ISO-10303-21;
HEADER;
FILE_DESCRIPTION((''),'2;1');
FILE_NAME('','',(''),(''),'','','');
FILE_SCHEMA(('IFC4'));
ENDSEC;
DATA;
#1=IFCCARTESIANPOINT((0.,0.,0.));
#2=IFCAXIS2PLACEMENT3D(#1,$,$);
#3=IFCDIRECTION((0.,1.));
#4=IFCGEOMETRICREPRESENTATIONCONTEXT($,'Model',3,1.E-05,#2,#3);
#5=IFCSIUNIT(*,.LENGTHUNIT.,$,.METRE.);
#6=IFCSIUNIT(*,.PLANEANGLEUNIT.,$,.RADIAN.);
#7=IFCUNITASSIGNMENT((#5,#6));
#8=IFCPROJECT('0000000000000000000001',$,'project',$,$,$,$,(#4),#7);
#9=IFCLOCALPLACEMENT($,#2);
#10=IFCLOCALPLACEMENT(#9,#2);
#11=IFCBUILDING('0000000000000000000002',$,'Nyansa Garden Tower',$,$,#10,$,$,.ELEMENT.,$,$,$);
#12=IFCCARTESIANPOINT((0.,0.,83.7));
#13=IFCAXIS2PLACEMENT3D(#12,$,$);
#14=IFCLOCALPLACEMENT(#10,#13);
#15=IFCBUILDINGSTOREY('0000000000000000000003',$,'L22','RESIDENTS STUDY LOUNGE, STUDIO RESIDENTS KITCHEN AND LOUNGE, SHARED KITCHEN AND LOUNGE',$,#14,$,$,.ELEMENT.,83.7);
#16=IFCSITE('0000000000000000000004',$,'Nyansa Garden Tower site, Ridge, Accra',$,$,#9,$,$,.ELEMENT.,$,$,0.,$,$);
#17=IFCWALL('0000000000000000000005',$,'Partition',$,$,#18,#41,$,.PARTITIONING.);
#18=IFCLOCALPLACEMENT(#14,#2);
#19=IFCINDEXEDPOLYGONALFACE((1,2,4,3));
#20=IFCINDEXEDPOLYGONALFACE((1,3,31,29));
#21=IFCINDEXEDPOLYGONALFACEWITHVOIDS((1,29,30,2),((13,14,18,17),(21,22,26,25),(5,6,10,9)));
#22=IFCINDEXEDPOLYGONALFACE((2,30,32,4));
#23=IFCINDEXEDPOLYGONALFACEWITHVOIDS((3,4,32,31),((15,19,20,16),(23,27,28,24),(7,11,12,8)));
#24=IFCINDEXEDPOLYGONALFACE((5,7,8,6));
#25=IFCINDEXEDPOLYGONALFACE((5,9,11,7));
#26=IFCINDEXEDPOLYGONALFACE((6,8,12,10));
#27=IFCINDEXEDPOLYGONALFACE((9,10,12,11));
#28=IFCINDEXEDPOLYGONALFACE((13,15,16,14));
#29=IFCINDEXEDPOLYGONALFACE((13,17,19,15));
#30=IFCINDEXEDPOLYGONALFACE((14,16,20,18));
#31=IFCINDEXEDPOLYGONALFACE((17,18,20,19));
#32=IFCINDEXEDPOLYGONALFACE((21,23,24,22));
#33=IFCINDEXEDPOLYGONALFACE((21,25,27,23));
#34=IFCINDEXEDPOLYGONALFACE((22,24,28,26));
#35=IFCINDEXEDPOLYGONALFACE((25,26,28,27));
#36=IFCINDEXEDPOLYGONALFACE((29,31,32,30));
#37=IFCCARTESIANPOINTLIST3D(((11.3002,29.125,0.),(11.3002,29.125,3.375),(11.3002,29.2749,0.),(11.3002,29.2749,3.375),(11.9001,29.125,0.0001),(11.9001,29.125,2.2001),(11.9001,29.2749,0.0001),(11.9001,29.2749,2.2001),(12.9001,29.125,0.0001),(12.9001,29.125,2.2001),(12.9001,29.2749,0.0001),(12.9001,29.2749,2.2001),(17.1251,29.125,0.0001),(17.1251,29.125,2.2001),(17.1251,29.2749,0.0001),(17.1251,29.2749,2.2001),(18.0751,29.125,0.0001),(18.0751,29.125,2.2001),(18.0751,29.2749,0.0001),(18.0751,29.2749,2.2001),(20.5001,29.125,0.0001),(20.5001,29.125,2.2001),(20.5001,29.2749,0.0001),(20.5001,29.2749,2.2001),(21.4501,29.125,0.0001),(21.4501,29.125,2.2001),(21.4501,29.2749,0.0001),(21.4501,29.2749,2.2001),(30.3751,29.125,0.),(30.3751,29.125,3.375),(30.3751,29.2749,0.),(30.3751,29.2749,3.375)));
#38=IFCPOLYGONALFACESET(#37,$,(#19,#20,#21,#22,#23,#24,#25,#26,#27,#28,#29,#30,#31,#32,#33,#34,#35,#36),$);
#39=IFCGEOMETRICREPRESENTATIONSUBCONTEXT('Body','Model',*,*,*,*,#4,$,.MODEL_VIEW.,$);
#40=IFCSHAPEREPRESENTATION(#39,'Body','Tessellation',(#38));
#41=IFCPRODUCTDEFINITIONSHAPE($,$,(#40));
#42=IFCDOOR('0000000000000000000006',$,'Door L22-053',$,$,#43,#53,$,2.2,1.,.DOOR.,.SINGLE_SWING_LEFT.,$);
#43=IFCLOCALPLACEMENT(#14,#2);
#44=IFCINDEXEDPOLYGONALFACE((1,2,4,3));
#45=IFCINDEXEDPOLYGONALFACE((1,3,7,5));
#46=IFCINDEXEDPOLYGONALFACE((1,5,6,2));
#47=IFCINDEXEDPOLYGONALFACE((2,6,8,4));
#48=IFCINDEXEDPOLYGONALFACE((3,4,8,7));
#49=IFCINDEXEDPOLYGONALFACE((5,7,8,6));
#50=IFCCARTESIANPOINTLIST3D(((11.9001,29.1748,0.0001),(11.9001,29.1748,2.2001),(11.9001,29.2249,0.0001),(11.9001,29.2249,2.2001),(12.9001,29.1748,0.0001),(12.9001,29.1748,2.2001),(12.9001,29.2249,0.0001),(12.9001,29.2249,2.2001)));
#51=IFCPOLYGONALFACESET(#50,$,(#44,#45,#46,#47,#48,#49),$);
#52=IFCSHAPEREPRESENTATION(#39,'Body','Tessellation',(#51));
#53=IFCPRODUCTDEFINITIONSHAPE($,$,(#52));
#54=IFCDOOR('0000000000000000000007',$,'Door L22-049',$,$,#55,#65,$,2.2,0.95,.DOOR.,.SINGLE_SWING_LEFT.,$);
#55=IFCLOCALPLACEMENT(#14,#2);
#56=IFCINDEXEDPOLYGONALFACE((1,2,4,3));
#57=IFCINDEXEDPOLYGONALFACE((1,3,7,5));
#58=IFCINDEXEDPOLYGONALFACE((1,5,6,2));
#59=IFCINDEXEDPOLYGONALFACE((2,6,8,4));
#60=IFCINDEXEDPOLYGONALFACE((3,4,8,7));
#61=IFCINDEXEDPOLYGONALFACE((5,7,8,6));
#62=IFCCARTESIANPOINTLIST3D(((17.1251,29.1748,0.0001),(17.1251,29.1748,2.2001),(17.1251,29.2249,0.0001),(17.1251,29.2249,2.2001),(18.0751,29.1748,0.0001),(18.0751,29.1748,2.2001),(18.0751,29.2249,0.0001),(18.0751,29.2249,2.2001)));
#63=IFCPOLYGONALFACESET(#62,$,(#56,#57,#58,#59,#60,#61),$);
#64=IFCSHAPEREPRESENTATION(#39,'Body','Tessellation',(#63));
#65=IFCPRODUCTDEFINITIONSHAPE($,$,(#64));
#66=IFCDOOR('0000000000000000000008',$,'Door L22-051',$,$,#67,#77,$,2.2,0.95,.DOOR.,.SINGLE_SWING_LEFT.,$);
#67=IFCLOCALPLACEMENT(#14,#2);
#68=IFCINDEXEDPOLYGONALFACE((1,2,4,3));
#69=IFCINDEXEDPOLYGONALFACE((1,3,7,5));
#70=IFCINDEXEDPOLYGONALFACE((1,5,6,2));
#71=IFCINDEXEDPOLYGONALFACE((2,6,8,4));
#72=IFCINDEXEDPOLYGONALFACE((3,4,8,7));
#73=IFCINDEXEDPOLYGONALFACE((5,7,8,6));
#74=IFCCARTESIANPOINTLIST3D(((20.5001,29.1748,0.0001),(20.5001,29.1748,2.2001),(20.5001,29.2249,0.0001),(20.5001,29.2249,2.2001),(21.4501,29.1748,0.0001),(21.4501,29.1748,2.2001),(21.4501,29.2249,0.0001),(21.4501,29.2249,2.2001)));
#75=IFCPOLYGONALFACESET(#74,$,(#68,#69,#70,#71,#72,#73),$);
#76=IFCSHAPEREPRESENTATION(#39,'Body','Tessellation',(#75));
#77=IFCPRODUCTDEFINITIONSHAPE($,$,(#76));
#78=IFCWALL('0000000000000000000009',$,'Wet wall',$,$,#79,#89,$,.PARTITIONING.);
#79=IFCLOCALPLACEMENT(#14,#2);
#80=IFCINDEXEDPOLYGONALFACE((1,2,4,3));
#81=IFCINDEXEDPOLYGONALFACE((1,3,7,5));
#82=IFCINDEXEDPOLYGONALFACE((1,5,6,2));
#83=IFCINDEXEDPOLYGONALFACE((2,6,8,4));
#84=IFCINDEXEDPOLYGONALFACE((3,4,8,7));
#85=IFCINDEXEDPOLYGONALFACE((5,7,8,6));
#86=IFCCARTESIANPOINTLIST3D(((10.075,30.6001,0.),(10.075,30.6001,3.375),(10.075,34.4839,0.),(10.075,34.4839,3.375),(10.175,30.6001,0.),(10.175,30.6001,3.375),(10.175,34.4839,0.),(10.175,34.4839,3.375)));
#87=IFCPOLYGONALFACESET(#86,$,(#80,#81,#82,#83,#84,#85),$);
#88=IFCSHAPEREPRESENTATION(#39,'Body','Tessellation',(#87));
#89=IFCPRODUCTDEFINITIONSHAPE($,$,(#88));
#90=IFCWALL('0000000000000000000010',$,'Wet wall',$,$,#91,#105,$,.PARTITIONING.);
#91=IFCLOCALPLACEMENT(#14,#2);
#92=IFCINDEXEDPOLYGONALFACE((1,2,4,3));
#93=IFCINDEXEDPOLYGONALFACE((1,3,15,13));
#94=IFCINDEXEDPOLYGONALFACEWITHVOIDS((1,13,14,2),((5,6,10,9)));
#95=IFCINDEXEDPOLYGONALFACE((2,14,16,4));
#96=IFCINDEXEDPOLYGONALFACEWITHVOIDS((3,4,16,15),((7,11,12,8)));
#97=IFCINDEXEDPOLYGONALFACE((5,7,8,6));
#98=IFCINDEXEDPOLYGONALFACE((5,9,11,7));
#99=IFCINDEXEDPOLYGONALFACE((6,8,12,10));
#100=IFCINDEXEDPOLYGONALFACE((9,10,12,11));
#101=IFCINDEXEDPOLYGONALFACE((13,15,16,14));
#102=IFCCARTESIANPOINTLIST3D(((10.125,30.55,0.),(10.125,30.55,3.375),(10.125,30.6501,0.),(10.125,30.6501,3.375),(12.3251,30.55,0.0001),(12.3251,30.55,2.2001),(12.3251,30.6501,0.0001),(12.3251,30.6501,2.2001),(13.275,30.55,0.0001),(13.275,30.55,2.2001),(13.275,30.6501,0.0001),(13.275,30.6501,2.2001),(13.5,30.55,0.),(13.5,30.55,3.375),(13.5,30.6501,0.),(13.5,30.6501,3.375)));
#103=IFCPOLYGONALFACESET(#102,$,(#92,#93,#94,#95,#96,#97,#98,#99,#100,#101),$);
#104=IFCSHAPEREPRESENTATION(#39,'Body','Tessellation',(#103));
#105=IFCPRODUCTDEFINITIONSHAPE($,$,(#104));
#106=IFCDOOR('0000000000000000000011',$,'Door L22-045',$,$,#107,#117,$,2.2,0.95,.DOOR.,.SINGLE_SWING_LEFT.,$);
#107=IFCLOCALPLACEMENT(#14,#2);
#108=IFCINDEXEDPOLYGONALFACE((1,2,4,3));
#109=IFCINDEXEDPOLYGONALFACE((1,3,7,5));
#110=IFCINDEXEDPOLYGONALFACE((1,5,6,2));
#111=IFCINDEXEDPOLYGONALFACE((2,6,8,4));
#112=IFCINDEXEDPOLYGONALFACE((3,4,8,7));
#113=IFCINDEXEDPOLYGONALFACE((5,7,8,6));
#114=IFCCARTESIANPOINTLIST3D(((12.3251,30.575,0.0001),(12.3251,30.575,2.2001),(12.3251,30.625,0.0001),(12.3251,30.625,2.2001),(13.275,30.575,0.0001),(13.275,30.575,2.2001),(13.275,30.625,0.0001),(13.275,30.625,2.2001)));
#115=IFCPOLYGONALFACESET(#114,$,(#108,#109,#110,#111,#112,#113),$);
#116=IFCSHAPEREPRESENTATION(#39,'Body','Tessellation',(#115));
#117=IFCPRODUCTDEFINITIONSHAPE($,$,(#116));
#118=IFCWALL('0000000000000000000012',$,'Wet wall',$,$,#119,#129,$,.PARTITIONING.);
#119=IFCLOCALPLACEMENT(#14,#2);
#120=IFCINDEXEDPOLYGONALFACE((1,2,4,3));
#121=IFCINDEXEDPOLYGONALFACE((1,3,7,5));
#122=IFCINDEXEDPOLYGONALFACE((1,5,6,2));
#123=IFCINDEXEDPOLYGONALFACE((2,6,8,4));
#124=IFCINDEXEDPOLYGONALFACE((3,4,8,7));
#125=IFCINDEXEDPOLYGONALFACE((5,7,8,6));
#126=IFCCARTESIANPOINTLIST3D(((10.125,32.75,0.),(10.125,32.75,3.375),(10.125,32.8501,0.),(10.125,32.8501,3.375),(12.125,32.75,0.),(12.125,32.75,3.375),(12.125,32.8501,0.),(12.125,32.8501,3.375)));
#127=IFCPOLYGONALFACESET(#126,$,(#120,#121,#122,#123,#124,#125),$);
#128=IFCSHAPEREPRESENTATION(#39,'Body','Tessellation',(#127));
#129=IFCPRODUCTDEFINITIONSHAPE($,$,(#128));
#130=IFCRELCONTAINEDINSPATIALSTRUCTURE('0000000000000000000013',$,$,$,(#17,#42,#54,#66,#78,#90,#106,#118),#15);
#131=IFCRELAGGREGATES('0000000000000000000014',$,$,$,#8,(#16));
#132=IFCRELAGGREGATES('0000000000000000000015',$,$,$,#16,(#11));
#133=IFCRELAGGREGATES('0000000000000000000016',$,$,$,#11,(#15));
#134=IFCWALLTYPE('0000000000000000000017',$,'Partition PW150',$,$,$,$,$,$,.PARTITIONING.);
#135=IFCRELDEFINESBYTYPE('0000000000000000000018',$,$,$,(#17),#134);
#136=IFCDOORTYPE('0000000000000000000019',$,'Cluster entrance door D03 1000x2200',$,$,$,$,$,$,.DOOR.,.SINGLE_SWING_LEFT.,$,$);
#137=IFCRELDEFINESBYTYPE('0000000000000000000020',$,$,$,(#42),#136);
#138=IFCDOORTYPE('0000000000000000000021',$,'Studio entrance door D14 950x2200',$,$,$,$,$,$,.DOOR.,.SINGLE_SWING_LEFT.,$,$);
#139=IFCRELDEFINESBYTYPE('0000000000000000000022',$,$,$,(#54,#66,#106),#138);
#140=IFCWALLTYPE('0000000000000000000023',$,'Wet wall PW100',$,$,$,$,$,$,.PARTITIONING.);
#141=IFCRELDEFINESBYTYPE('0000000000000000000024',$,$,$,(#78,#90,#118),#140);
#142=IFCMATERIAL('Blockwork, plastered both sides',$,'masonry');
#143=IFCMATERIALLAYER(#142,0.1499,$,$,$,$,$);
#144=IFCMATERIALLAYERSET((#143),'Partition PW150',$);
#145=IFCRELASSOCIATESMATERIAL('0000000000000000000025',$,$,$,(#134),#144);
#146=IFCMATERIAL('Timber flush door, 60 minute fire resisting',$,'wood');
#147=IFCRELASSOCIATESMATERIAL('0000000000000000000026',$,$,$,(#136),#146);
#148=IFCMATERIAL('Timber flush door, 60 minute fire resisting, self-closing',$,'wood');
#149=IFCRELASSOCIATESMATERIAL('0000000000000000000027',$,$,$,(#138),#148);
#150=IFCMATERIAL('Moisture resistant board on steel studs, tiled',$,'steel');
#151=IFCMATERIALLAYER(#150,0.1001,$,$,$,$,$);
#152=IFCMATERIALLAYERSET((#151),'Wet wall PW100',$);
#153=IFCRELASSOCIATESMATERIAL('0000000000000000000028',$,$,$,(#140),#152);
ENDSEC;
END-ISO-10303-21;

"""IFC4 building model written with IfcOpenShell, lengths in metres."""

from ifc_helpers import new_model, si_unit, direction, frame, frame_2d, origin, place, context, subcontext, project, spatial, rectangle, extrude, material, layer, layer_set, type_object, element, fill, save


model = new_model("IFC4")

# Units and contexts
model_context = context("Model", 3, precision=1e-05, world=origin(), true_north=direction((0.0, 1.0)))
body_context = subcontext(model_context, "Body", "Model", "MODEL_VIEW")
ifc_project = project(units=[si_unit("LENGTHUNIT", "METRE"), si_unit("PLANEANGLEUNIT", "RADIAN")], contexts=[model_context])

# Site, building, storey
site_placement = place(None, origin())
site = spatial("IfcSite", under=ifc_project, at=site_placement, Name="Nyansa Garden Tower site, Ridge, Accra", CompositionType="ELEMENT", RefElevation=0.0)
building_placement = place(site_placement, origin())
building = spatial("IfcBuilding", under=site, at=building_placement, Name="Nyansa Garden Tower", CompositionType="ELEMENT")
storey_placement = place(building_placement, frame((0.0, 0.0, 83.7)))
storey = spatial("IfcBuildingStorey", under=building, at=storey_placement, Name="L22", Description="RESIDENTS STUDY LOUNGE, STUDIO RESIDENTS KITCHEN AND LOUNGE, SHARED KITCHEN AND LOUNGE", CompositionType="ELEMENT", Elevation=83.7)

# Wall, openings, doors
ifc_material_1 = material(Name="Blockwork, plastered both sides", Category="masonry")
ifc_layer_1 = layer(ifc_material_1, 0.1499)
ifc_layer_set_1 = layer_set([ifc_layer_1], Name="Partition PW150")
wall_type_1 = type_object("IfcWallType", Name="Partition PW150", PredefinedType="PARTITIONING", material=ifc_layer_set_1)
wall_1_placement = place(storey_placement, frame((11.3, 29.2, 0.0), z_axis=(0.0, 0.0, 1.0), x_axis=(1.0, 0.0, 0.0)))
wall_1 = element("IfcWall", 1, at=wall_1_placement, inside=storey, type_object=wall_type_1, Name="Partition", PredefinedType="PARTITIONING", context=body_context, shape_type="SweptSolid", body=[
    extrude(rectangle(XDim=19.075, YDim=0.1499, at=frame_2d((9.5376, 0.0))), origin(), (0.0, 0.0, 1.0), 3.375),
])
opening_1_placement = place(wall_1_placement, frame((5.825, 0.0, 0.0)))
opening_1 = element("IfcOpeningElement", 2, at=opening_1_placement, cuts=wall_1, PredefinedType="OPENING", context=body_context, shape_type="SweptSolid", body=[
    extrude(rectangle(XDim=0.95, YDim=2.2, at=frame_2d((0.4751, 1.1001))), frame((0.0, 0.085, 0.0), z_axis=(0.0, -1.0, 0.0), x_axis=(1.0, 0.0, 0.0)), (0.0, 0.0, 1.0), 0.1699),
])
opening_2_placement = place(wall_1_placement, frame((9.2, 0.0, 0.0)))
opening_2 = element("IfcOpeningElement", 3, at=opening_2_placement, cuts=wall_1, PredefinedType="OPENING", context=body_context, shape_type="SweptSolid", body=[
    extrude(rectangle(XDim=0.95, YDim=2.2, at=frame_2d((0.4751, 1.1001))), frame((0.0, 0.085, 0.0), z_axis=(0.0, -1.0, 0.0), x_axis=(1.0, 0.0, 0.0)), (0.0, 0.0, 1.0), 0.1699),
])
opening_3_placement = place(wall_1_placement, frame((0.6001, 0.0, 0.0)))
opening_3 = element("IfcOpeningElement", 4, at=opening_3_placement, cuts=wall_1, PredefinedType="OPENING", context=body_context, shape_type="SweptSolid", body=[
    extrude(rectangle(XDim=1.0, YDim=2.2, at=frame_2d((0.5, 1.1001))), frame((0.0, 0.085, 0.0), z_axis=(0.0, -1.0, 0.0), x_axis=(1.0, 0.0, 0.0)), (0.0, 0.0, 1.0), 0.1699),
])
ifc_material_2 = material(Name="Timber flush door, 60 minute fire resisting", Category="wood")
door_type_1 = type_object("IfcDoorType", Name="Cluster entrance door D03 1000x2200", OperationType="SINGLE_SWING_LEFT", PredefinedType="DOOR", material=ifc_material_2)
door_1_placement = place(opening_3_placement, origin())
door_1 = element("IfcDoor", 5, at=door_1_placement, inside=storey, type_object=door_type_1, Name="Door L22-053", OperationType="SINGLE_SWING_LEFT", OverallHeight=2.2, OverallWidth=1.0, PredefinedType="DOOR", context=body_context, shape_type="SweptSolid", body=[
    extrude(rectangle(XDim=1.0, YDim=2.2, at=frame_2d((0.5, 1.1001))), frame((0.0, 0.0249, 0.0), z_axis=(0.0, -1.0, 0.0), x_axis=(1.0, 0.0, 0.0)), (0.0, 0.0, 1.0), 0.05),
])
fill(opening_3, door_1)
ifc_material_3 = material(Name="Timber flush door, 60 minute fire resisting, self-closing", Category="wood")
door_type_2 = type_object("IfcDoorType", Name="Studio entrance door D14 950x2200", OperationType="SINGLE_SWING_LEFT", PredefinedType="DOOR", material=ifc_material_3)
door_2_placement = place(opening_1_placement, origin())
door_2 = element("IfcDoor", 6, at=door_2_placement, inside=storey, type_object=door_type_2, Name="Door L22-049", OperationType="SINGLE_SWING_LEFT", OverallHeight=2.2, OverallWidth=0.95, PredefinedType="DOOR", context=body_context, shape_type="SweptSolid", body=[
    extrude(rectangle(XDim=0.95, YDim=2.2, at=frame_2d((0.4751, 1.1001))), frame((0.0, 0.0249, 0.0), z_axis=(0.0, -1.0, 0.0), x_axis=(1.0, 0.0, 0.0)), (0.0, 0.0, 1.0), 0.05),
])
fill(opening_1, door_2)
door_3_placement = place(opening_2_placement, origin())
door_3 = element("IfcDoor", 7, at=door_3_placement, inside=storey, type_object=door_type_2, Name="Door L22-051", OperationType="SINGLE_SWING_LEFT", OverallHeight=2.2, OverallWidth=0.95, PredefinedType="DOOR", context=body_context, shape_type="SweptSolid", body=[
    extrude(rectangle(XDim=0.95, YDim=2.2, at=frame_2d((0.4751, 1.1001))), frame((0.0, 0.0249, 0.0), z_axis=(0.0, -1.0, 0.0), x_axis=(1.0, 0.0, 0.0)), (0.0, 0.0, 1.0), 0.05),
])
fill(opening_2, door_3)

# Wall
ifc_material_4 = material(Name="Moisture resistant board on steel studs, tiled", Category="steel")
ifc_layer_2 = layer(ifc_material_4, 0.1001)
ifc_layer_set_2 = layer_set([ifc_layer_2], Name="Wet wall PW100")
wall_type_2 = type_object("IfcWallType", Name="Wet wall PW100", PredefinedType="PARTITIONING", material=ifc_layer_set_2)
wall_2_placement = place(storey_placement, frame((10.125, 30.6001, 0.0), z_axis=(0.0, 0.0, 1.0), x_axis=(0.0, 1.0, 0.0)))
element("IfcWall", 8, at=wall_2_placement, inside=storey, type_object=wall_type_2, Name="Wet wall", PredefinedType="PARTITIONING", context=body_context, shape_type="SweptSolid", body=[
    extrude(rectangle(XDim=3.8838, YDim=0.1001, at=frame_2d((1.9419, 0.0))), origin(), (0.0, 0.0, 1.0), 3.375),
])

# Wall, opening, door
wall_3_placement = place(storey_placement, frame((10.125, 30.6001, 0.0), z_axis=(0.0, 0.0, 1.0), x_axis=(1.0, 0.0, 0.0)))
wall_3 = element("IfcWall", 9, at=wall_3_placement, inside=storey, type_object=wall_type_2, Name="Wet wall", PredefinedType="PARTITIONING", context=body_context, shape_type="SweptSolid", body=[
    extrude(rectangle(XDim=3.375, YDim=0.1001, at=frame_2d((1.6875, 0.0))), origin(), (0.0, 0.0, 1.0), 3.375),
])
opening_4_placement = place(wall_3_placement, frame((2.2, 0.0, 0.0)))
opening_4 = element("IfcOpeningElement", 10, at=opening_4_placement, cuts=wall_3, PredefinedType="OPENING", context=body_context, shape_type="SweptSolid", body=[
    extrude(rectangle(XDim=0.95, YDim=2.2, at=frame_2d((0.4751, 1.1001))), frame((0.0, 0.0601, 0.0), z_axis=(0.0, -1.0, 0.0), x_axis=(1.0, 0.0, 0.0)), (0.0, 0.0, 1.0), 0.1201),
])
door_4_placement = place(opening_4_placement, origin())
door_4 = element("IfcDoor", 11, at=door_4_placement, inside=storey, type_object=door_type_2, Name="Door L22-045", OperationType="SINGLE_SWING_LEFT", OverallHeight=2.2, OverallWidth=0.95, PredefinedType="DOOR", context=body_context, shape_type="SweptSolid", body=[
    extrude(rectangle(XDim=0.95, YDim=2.2, at=frame_2d((0.4751, 1.1001))), frame((0.0, 0.0249, 0.0), z_axis=(0.0, -1.0, 0.0), x_axis=(1.0, 0.0, 0.0)), (0.0, 0.0, 1.0), 0.05),
])
fill(opening_4, door_4)

# Wall
wall_4_placement = place(storey_placement, frame((10.125, 32.8, 0.0), z_axis=(0.0, 0.0, 1.0), x_axis=(1.0, 0.0, 0.0)))
element("IfcWall", 12, at=wall_4_placement, inside=storey, type_object=wall_type_2, Name="Wet wall", PredefinedType="PARTITIONING", context=body_context, shape_type="SweptSolid", body=[
    extrude(rectangle(XDim=2.0, YDim=0.1001, at=frame_2d((1.0, 0.0))), origin(), (0.0, 0.0, 1.0), 3.375),
])

save(model, "model.ifc")
